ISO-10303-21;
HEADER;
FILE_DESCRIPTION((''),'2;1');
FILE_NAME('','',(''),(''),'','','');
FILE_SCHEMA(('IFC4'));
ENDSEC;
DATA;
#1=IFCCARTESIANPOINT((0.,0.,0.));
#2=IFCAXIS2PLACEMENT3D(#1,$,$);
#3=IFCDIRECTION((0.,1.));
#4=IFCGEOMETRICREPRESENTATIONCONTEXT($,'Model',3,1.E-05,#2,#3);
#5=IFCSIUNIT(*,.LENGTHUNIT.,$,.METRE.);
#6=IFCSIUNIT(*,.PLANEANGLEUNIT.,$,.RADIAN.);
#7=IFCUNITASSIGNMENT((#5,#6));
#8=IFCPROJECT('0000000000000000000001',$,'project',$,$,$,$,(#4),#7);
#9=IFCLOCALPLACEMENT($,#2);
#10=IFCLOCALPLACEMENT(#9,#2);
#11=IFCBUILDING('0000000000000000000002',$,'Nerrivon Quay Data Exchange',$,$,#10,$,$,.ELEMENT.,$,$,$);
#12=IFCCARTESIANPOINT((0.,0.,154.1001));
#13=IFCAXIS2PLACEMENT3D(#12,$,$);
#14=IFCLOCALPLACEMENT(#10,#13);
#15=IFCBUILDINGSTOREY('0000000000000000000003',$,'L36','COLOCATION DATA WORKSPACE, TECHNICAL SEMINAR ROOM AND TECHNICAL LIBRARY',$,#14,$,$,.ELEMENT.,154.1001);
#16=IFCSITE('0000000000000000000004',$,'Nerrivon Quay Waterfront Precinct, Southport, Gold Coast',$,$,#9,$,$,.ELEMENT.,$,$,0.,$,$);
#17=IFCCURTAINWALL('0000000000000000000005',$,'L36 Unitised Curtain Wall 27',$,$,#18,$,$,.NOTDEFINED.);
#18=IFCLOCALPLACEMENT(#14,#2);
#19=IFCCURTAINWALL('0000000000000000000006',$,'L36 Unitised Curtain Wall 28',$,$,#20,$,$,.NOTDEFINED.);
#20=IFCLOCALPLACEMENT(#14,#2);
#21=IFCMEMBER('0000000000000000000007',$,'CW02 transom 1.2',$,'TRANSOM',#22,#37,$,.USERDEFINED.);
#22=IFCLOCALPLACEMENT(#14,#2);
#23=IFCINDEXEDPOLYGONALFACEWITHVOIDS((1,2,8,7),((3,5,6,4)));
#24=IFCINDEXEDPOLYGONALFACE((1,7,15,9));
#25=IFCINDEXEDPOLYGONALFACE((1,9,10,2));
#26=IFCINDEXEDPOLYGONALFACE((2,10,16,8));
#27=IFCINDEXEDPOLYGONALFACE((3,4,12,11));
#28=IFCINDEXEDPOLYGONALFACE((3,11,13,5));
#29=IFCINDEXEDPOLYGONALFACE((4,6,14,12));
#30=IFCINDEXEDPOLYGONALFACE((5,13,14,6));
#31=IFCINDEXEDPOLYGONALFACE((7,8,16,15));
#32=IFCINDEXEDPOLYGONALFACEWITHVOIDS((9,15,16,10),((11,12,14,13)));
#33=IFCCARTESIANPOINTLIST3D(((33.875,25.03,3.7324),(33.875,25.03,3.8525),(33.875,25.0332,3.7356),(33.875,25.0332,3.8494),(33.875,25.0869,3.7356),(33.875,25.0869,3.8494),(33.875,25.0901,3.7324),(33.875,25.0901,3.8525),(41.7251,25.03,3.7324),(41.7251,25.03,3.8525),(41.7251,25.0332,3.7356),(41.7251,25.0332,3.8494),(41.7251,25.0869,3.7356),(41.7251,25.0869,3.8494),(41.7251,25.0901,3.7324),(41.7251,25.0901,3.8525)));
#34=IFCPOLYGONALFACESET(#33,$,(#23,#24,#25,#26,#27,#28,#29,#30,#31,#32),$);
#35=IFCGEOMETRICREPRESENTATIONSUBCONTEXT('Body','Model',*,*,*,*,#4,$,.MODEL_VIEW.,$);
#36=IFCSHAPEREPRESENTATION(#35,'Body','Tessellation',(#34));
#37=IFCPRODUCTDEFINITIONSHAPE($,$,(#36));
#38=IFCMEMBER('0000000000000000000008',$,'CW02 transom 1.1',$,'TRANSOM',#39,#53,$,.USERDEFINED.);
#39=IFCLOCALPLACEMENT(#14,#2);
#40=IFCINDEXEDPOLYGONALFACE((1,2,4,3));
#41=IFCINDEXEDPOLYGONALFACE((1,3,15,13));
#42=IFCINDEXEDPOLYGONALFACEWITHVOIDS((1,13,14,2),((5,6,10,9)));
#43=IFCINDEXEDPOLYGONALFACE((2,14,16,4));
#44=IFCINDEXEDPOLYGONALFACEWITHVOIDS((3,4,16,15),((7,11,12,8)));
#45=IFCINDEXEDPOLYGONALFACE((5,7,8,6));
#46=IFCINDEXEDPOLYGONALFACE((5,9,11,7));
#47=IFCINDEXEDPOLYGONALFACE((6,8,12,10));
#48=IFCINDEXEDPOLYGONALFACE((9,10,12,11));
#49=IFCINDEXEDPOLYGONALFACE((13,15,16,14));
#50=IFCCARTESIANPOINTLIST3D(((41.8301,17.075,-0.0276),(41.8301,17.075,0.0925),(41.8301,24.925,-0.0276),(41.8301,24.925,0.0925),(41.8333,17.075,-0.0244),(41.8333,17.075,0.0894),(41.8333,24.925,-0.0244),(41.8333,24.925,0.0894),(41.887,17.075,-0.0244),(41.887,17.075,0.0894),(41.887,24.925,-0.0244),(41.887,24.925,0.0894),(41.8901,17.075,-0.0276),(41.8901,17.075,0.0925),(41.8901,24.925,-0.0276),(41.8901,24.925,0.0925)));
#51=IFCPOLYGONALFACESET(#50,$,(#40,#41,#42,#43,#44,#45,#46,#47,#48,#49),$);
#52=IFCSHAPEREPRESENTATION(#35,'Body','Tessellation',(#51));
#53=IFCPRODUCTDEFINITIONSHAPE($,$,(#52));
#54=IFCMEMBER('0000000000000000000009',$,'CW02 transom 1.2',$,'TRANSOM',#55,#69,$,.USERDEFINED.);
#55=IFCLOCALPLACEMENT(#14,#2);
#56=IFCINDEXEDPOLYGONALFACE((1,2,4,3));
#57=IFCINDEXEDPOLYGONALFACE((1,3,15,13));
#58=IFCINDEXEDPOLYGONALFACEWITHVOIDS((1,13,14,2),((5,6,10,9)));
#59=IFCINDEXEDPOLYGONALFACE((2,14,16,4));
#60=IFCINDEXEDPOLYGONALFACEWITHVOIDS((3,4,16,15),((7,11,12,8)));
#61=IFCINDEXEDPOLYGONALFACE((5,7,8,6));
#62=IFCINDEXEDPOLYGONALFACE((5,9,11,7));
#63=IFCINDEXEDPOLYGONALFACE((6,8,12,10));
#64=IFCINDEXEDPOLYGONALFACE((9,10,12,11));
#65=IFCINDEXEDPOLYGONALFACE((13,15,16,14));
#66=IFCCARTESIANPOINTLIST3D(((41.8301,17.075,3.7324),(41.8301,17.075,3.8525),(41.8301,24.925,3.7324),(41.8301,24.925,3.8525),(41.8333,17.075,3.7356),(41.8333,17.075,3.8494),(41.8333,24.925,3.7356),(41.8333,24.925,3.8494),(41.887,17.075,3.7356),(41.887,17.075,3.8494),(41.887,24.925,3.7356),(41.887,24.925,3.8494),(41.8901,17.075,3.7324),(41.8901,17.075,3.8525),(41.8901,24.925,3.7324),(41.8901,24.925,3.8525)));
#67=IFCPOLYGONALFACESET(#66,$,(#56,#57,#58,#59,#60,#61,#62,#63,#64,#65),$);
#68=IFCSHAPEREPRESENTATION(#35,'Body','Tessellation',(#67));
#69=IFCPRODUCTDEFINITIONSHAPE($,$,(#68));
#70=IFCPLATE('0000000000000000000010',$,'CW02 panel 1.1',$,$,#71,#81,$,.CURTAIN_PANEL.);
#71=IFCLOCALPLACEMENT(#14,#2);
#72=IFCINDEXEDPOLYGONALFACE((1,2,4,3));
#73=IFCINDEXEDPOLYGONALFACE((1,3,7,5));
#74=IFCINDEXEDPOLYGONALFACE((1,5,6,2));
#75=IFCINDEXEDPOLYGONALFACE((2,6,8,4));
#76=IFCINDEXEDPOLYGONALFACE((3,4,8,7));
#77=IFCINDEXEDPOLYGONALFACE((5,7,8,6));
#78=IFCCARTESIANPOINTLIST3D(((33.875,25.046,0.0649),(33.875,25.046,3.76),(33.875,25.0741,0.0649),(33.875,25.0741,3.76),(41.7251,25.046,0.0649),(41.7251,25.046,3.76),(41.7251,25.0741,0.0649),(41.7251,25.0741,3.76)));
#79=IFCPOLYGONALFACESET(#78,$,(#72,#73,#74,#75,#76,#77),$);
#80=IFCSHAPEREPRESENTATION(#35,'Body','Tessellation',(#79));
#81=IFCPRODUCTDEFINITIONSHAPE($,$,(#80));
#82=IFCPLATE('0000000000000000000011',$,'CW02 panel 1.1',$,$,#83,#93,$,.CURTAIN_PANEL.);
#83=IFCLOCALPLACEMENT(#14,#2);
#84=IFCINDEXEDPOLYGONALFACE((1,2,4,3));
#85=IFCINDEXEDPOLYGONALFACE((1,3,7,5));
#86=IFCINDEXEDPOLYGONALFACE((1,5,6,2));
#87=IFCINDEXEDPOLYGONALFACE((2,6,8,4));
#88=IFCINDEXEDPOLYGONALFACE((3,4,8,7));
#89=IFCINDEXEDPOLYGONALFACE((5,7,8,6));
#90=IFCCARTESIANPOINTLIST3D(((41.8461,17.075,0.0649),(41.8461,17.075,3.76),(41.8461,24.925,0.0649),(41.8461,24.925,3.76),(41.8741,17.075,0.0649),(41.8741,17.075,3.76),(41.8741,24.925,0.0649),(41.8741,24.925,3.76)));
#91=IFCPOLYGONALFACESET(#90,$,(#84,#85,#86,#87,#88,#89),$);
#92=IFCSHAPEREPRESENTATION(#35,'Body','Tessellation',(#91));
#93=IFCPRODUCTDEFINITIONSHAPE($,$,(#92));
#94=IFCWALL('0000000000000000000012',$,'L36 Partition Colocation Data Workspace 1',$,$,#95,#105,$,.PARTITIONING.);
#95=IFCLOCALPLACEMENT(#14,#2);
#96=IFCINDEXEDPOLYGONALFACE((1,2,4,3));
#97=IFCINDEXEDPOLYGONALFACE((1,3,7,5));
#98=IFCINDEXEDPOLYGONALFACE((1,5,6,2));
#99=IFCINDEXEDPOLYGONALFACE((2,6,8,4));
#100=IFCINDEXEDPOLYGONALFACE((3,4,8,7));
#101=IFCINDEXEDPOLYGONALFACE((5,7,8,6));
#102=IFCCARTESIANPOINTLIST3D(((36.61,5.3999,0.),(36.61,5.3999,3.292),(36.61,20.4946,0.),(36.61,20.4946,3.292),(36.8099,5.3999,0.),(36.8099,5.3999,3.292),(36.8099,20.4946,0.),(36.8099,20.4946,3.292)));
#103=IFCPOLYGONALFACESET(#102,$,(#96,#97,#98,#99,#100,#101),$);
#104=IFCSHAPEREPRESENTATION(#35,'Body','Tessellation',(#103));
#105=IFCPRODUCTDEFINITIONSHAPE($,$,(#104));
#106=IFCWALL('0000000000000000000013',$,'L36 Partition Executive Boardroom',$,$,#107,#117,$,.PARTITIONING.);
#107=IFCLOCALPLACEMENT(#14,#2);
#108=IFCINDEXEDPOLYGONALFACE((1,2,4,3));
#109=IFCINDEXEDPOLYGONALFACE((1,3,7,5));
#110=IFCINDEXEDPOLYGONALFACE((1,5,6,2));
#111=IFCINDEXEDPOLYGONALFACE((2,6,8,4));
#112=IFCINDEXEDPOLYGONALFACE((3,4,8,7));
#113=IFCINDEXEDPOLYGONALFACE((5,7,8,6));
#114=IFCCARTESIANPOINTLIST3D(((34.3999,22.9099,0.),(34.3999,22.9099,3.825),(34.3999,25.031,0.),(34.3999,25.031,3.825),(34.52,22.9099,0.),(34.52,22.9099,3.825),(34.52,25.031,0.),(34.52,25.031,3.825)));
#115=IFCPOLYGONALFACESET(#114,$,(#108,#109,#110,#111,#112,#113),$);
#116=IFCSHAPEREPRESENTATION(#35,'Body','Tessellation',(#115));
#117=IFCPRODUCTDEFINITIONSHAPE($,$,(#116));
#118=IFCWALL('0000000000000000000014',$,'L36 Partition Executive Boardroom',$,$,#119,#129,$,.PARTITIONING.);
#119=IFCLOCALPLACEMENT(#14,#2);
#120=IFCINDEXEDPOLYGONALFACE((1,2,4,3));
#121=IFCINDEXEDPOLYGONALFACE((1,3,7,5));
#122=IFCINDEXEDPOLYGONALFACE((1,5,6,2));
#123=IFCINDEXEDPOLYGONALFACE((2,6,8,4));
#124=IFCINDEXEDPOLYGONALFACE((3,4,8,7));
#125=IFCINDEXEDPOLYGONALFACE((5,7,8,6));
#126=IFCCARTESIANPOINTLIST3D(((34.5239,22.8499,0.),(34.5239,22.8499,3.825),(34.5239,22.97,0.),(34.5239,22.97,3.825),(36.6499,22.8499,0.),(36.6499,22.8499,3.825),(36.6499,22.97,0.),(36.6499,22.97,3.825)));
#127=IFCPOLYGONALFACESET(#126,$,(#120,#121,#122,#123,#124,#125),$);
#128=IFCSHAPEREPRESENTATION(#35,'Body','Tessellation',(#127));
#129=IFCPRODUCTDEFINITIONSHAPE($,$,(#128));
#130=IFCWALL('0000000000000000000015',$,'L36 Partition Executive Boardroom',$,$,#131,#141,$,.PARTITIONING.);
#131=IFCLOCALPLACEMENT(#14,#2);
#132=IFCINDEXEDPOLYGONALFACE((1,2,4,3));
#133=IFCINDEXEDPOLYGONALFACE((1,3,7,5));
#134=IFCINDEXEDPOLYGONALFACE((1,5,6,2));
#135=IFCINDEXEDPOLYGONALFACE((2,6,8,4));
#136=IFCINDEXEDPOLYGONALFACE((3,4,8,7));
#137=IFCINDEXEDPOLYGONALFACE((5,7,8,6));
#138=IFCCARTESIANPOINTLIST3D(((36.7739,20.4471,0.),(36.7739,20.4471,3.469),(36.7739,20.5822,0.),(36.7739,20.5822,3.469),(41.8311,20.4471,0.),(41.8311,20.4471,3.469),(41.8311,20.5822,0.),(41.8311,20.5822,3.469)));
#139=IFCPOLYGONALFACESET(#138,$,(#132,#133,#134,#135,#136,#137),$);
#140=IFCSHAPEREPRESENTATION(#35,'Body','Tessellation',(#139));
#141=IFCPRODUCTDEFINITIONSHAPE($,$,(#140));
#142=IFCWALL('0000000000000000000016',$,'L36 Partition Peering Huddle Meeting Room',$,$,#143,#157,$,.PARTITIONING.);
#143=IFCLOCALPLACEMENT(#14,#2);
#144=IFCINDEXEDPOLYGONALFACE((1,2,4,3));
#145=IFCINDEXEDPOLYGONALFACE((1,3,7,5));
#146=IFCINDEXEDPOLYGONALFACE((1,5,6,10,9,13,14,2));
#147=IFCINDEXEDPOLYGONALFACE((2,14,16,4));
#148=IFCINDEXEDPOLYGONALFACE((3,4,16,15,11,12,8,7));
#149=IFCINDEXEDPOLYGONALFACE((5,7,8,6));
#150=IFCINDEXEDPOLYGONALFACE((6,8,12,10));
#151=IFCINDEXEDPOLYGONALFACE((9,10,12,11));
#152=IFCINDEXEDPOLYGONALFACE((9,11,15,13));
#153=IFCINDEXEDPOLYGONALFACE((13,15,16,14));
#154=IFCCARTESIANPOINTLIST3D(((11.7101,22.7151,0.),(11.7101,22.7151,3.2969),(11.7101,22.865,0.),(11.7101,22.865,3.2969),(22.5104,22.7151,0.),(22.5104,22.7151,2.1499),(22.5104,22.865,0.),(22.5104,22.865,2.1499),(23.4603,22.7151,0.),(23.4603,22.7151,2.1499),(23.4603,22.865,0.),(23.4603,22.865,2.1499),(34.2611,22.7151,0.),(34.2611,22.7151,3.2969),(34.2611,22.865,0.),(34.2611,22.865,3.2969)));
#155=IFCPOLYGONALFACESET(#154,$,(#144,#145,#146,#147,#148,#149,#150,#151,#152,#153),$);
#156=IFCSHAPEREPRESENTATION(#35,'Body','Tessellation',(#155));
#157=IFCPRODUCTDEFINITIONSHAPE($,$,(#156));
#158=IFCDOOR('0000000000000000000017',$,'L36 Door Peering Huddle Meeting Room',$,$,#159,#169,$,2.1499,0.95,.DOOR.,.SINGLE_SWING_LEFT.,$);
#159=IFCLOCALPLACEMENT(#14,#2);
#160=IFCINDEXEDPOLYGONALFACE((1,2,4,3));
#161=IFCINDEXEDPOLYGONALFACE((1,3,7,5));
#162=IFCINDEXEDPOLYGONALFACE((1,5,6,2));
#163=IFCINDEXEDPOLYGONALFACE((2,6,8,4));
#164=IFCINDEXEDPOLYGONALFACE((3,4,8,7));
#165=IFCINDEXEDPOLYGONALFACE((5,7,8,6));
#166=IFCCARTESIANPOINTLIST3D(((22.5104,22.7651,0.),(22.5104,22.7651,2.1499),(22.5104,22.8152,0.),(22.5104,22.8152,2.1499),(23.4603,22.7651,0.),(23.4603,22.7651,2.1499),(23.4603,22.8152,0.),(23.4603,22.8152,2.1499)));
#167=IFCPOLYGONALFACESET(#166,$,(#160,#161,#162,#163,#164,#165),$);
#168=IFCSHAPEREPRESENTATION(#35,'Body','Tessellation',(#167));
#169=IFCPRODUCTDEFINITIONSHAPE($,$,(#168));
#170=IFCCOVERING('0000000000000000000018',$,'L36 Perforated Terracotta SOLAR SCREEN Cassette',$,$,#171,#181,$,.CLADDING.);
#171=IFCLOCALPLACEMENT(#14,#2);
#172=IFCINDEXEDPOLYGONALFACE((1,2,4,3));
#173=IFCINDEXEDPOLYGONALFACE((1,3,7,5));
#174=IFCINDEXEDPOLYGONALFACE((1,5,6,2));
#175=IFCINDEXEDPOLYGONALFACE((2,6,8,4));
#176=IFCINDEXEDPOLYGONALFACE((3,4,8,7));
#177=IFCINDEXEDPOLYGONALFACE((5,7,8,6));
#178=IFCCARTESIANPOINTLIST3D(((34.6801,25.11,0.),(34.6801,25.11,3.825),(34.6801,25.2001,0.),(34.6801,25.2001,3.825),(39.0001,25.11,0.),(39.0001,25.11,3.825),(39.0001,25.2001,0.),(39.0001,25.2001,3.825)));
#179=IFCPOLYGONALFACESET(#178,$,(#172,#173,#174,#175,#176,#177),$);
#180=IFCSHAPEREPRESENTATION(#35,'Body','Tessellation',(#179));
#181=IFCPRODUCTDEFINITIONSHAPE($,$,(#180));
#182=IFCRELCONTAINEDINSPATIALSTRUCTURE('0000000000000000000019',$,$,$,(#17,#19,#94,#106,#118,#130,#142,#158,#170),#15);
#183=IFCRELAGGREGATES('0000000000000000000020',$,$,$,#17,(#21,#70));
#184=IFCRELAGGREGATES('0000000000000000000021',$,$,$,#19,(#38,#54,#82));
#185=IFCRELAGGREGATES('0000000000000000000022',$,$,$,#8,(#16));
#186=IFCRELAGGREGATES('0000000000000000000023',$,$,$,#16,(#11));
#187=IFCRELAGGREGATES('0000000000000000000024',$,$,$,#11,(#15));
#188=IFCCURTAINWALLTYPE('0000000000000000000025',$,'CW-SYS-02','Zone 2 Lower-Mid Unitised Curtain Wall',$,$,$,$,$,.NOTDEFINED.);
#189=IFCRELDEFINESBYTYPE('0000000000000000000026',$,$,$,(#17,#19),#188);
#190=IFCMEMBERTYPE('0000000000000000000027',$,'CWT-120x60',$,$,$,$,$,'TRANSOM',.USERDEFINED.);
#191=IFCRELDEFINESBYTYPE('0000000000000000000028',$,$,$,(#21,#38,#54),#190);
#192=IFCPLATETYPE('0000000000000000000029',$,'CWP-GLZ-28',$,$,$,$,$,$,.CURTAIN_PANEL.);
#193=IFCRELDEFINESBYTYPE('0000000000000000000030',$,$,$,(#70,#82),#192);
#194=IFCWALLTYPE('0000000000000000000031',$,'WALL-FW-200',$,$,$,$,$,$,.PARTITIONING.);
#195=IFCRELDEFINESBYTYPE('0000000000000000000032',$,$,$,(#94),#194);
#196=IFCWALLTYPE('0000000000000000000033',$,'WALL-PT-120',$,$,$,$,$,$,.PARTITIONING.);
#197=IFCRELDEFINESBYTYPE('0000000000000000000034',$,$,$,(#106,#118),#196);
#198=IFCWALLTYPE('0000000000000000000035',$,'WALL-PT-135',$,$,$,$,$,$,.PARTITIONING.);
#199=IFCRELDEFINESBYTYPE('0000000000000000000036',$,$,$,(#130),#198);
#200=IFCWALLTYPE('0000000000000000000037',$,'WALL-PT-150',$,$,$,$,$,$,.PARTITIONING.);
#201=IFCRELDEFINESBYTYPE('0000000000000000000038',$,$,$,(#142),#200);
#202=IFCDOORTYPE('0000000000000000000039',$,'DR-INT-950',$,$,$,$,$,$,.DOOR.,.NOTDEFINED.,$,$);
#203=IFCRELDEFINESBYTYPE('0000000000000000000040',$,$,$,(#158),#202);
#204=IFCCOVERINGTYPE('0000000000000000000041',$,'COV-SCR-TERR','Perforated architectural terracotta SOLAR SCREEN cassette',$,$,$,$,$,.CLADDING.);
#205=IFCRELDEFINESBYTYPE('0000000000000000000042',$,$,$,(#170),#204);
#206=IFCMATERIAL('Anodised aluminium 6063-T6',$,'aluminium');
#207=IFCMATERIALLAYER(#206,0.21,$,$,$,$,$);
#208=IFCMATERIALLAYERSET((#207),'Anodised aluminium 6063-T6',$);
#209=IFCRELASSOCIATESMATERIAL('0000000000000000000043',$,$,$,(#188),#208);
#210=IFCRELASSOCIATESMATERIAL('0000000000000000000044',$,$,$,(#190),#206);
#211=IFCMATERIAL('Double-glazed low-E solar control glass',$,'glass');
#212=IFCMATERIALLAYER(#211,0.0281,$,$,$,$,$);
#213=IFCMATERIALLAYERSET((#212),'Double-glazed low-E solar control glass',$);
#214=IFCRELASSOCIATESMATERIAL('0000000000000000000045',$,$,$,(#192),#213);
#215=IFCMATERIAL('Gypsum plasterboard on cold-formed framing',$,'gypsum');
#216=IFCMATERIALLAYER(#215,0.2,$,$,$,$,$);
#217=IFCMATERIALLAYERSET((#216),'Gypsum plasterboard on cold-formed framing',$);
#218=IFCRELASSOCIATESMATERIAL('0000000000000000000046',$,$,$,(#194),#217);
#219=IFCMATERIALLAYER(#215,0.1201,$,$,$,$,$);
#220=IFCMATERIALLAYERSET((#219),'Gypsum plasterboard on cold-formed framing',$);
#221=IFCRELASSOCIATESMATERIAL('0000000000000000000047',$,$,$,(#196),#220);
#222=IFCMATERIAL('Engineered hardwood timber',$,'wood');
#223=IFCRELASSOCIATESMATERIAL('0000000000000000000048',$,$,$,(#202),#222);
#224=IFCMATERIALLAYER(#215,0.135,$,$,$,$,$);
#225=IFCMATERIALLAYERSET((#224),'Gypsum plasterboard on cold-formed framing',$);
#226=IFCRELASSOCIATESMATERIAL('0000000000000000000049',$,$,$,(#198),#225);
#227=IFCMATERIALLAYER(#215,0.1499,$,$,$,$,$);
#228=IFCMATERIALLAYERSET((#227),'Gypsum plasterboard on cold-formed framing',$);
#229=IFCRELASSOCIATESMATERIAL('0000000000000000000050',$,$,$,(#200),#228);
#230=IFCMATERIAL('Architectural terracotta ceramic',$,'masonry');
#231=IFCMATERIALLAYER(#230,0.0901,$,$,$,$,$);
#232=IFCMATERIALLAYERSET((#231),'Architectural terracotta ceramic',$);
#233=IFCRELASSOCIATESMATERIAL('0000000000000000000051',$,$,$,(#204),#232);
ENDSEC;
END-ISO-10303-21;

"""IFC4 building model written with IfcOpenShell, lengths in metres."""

from ifc_helpers import new_model, si_unit, direction, frame, frame_2d, origin, origin_2d, place, context, subcontext, project, spatial, rectangle, hollow_rectangle, extrude, material, layer, layer_set, material_profile, profile_set, type_object, element, fill, aggregate, save


model = new_model("IFC4")

# Units and contexts
model_context = context("Model", 3, precision=1e-05, world=origin(), true_north=direction((0.0, 1.0)))
body_context = subcontext(model_context, "Body", "Model", "MODEL_VIEW")
ifc_project = project(units=[si_unit("LENGTHUNIT", "METRE"), si_unit("PLANEANGLEUNIT", "RADIAN")], contexts=[model_context])

# Site, building, storey
site_placement = place(None, origin())
site = spatial("IfcSite", under=ifc_project, at=site_placement, Name="Nerrivon Quay Waterfront Precinct, Southport, Gold Coast", CompositionType="ELEMENT", RefElevation=0.0)
building_placement = place(site_placement, origin())
building = spatial("IfcBuilding", under=site, at=building_placement, Name="Nerrivon Quay Data Exchange", CompositionType="ELEMENT")
storey_placement = place(building_placement, frame((0.0, 0.0, 154.1001)))
storey = spatial("IfcBuildingStorey", under=building, at=storey_placement, Name="L36", Description="COLOCATION DATA WORKSPACE, TECHNICAL SEMINAR ROOM AND TECHNICAL LIBRARY", CompositionType="ELEMENT", Elevation=154.1001)

# Curtain walls
ifc_material_1 = material(Name="Anodised aluminium 6063-T6", Category="aluminium")
ifc_layer_1 = layer(ifc_material_1, 0.21)
ifc_layer_set_1 = layer_set([ifc_layer_1], Name="Anodised aluminium 6063-T6")
curtain_wall_type = type_object("IfcCurtainWallType", Name="CW-SYS-02", Description="Zone 2 Lower-Mid Unitised Curtain Wall", PredefinedType="NOTDEFINED", material=ifc_layer_set_1)
curtain_wall_1_placement = place(storey_placement, origin())
curtain_wall_1 = element("IfcCurtainWall", 1, at=curtain_wall_1_placement, inside=storey, type_object=curtain_wall_type, Name="L36 Unitised Curtain Wall 27", PredefinedType="NOTDEFINED")
curtain_wall_2_placement = place(storey_placement, origin())
curtain_wall_2 = element("IfcCurtainWall", 2, at=curtain_wall_2_placement, inside=storey, type_object=curtain_wall_type, Name="L36 Unitised Curtain Wall 28", PredefinedType="NOTDEFINED")

# Members
ifc_material_profile_1 = material_profile(ifc_material_1, hollow_rectangle(XDim=0.0601, YDim=0.1201, WallThickness=0.0032, at=origin_2d()), Name="ALU-TRAN-120x60")
ifc_profile_set_1 = profile_set([ifc_material_profile_1], Name="Anodised aluminium 6063-T6")
member_type_1 = type_object("IfcMemberType", Name="CWT-120x60", ElementType="TRANSOM", PredefinedType="USERDEFINED", material=ifc_profile_set_1)
member_1_placement = place(storey_placement, frame((33.875, 25.0601, 3.7925), z_axis=(1.0, 0.0, 0.0), x_axis=(0.0, 1.0, 0.0)))
member_1 = element("IfcMember", 3, at=member_1_placement, type_object=member_type_1, Name="CW02 transom 1.2", ObjectType="TRANSOM", PredefinedType="USERDEFINED", context=body_context, shape_type="SweptSolid", body=[
    extrude(hollow_rectangle(XDim=0.0601, YDim=0.1201, WallThickness=0.0032, at=origin_2d()), origin(), (0.0, 0.0, 1.0), 7.8501),
])
member_2_placement = place(storey_placement, frame((41.8601, 24.925, 0.0325), z_axis=(0.0, -1.0, 0.0), x_axis=(1.0, 0.0, 0.0)))
member_2 = element("IfcMember", 4, at=member_2_placement, type_object=member_type_1, Name="CW02 transom 1.1", ObjectType="TRANSOM", PredefinedType="USERDEFINED", context=body_context, shape_type="SweptSolid", body=[
    extrude(hollow_rectangle(XDim=0.0601, YDim=0.1201, WallThickness=0.0032, at=origin_2d()), origin(), (0.0, 0.0, 1.0), 7.8501),
])
member_3_placement = place(storey_placement, frame((41.8601, 24.925, 3.7925), z_axis=(0.0, -1.0, 0.0), x_axis=(1.0, 0.0, 0.0)))
member_3 = element("IfcMember", 5, at=member_3_placement, type_object=member_type_1, Name="CW02 transom 1.2", ObjectType="TRANSOM", PredefinedType="USERDEFINED", context=body_context, shape_type="SweptSolid", body=[
    extrude(hollow_rectangle(XDim=0.0601, YDim=0.1201, WallThickness=0.0032, at=origin_2d()), origin(), (0.0, 0.0, 1.0), 7.8501),
])

# Plates
ifc_material_2 = material(Name="Double-glazed low-E solar control glass", Category="glass")
ifc_layer_2 = layer(ifc_material_2, 0.0281)
ifc_layer_set_2 = layer_set([ifc_layer_2], Name="Double-glazed low-E solar control glass")
plate_type = type_object("IfcPlateType", Name="CWP-GLZ-28", PredefinedType="CURTAIN_PANEL", material=ifc_layer_set_2)
plate_1_placement = place(storey_placement, frame((37.8, 25.0601, 0.0649), z_axis=(0.0, 0.0, 1.0), x_axis=(1.0, 0.0, 0.0)))
plate_1 = element("IfcPlate", 6, at=plate_1_placement, type_object=plate_type, Name="CW02 panel 1.1", PredefinedType="CURTAIN_PANEL", context=body_context, shape_type="SweptSolid", body=[
    extrude(rectangle(XDim=7.8501, YDim=0.0281, at=origin_2d()), origin(), (0.0, 0.0, 1.0), 3.6951),
])
aggregate(curtain_wall_1, [member_1, plate_1])
plate_2_placement = place(storey_placement, frame((41.8601, 21.0, 0.0649), z_axis=(0.0, 0.0, 1.0), x_axis=(0.0, -1.0, 0.0)))
plate_2 = element("IfcPlate", 7, at=plate_2_placement, type_object=plate_type, Name="CW02 panel 1.1", PredefinedType="CURTAIN_PANEL", context=body_context, shape_type="SweptSolid", body=[
    extrude(rectangle(XDim=7.8501, YDim=0.0281, at=origin_2d()), origin(), (0.0, 0.0, 1.0), 3.6951),
])
aggregate(curtain_wall_2, [member_2, member_3, plate_2])

# Wall
ifc_material_3 = material(Name="Gypsum plasterboard on cold-formed framing", Category="gypsum")
ifc_layer_3 = layer(ifc_material_3, 0.2)
ifc_layer_set_3 = layer_set([ifc_layer_3], Name="Gypsum plasterboard on cold-formed framing")
wall_type_1 = type_object("IfcWallType", Name="WALL-FW-200", PredefinedType="PARTITIONING", material=ifc_layer_set_3)
wall_1_placement = place(storey_placement, frame((36.71, 20.4946, 0.0), z_axis=(0.0, 0.0, 1.0), x_axis=(0.0, -1.0, 0.0)))
element("IfcWall", 8, at=wall_1_placement, inside=storey, type_object=wall_type_1, Name="L36 Partition Colocation Data Workspace 1", PredefinedType="PARTITIONING", context=body_context, shape_type="SweptSolid", body=[
    extrude(rectangle(XDim=15.0947, YDim=0.2, at=frame_2d((7.5474, 0.0))), origin(), (0.0, 0.0, 1.0), 3.292),
])

# Shared definitions
ifc_layer_4 = layer(ifc_material_3, 0.1201)
ifc_layer_set_4 = layer_set([ifc_layer_4], Name="Gypsum plasterboard on cold-formed framing")
wall_type_2 = type_object("IfcWallType", Name="WALL-PT-120", PredefinedType="PARTITIONING", material=ifc_layer_set_4)
ifc_material_4 = material(Name="Engineered hardwood timber", Category="wood")
door_type = type_object("IfcDoorType", Name="DR-INT-950", OperationType="NOTDEFINED", PredefinedType="DOOR", material=ifc_material_4)

# Walls
wall_2_placement = place(storey_placement, frame((34.46, 25.031, 0.0), z_axis=(0.0, 0.0, 1.0), x_axis=(0.0, -1.0, 0.0)))
element("IfcWall", 9, at=wall_2_placement, inside=storey, type_object=wall_type_2, Name="L36 Partition Executive Boardroom", PredefinedType="PARTITIONING", context=body_context, shape_type="SweptSolid", body=[
    extrude(rectangle(XDim=2.1211, YDim=0.1201, at=frame_2d((1.0605, 0.0))), origin(), (0.0, 0.0, 1.0), 3.825),
])
wall_3_placement = place(storey_placement, frame((34.5239, 22.9099, 0.0), z_axis=(0.0, 0.0, 1.0), x_axis=(1.0, 0.0, 0.0)))
element("IfcWall", 10, at=wall_3_placement, inside=storey, type_object=wall_type_2, Name="L36 Partition Executive Boardroom", PredefinedType="PARTITIONING", context=body_context, shape_type="SweptSolid", body=[
    extrude(rectangle(XDim=2.126, YDim=0.1201, at=frame_2d((1.063, 0.0))), origin(), (0.0, 0.0, 1.0), 3.825),
])
ifc_layer_5 = layer(ifc_material_3, 0.135)
ifc_layer_set_5 = layer_set([ifc_layer_5], Name="Gypsum plasterboard on cold-formed framing")
wall_type_3 = type_object("IfcWallType", Name="WALL-PT-135", PredefinedType="PARTITIONING", material=ifc_layer_set_5)
wall_4_placement = place(storey_placement, frame((36.7739, 20.5146, 0.0), z_axis=(0.0, 0.0, 1.0), x_axis=(1.0, 0.0, 0.0)))
element("IfcWall", 11, at=wall_4_placement, inside=storey, type_object=wall_type_3, Name="L36 Partition Executive Boardroom", PredefinedType="PARTITIONING", context=body_context, shape_type="SweptSolid", body=[
    extrude(rectangle(XDim=5.0571, YDim=0.135, at=frame_2d((2.5286, 0.0))), origin(), (0.0, 0.0, 1.0), 3.469),
])

# Wall, opening, door
ifc_layer_6 = layer(ifc_material_3, 0.1499)
ifc_layer_set_6 = layer_set([ifc_layer_6], Name="Gypsum plasterboard on cold-formed framing")
wall_type_4 = type_object("IfcWallType", Name="WALL-PT-150", PredefinedType="PARTITIONING", material=ifc_layer_set_6)
wall_5_placement = place(storey_placement, frame((34.261, 22.79, 0.0), z_axis=(0.0, 0.0, 1.0), x_axis=(-1.0, 0.0, 0.0)))
wall_5 = element("IfcWall", 12, at=wall_5_placement, inside=storey, type_object=wall_type_4, Name="L36 Partition Peering Huddle Meeting Room", PredefinedType="PARTITIONING", context=body_context, shape_type="SweptSolid", body=[
    extrude(rectangle(XDim=22.551, YDim=0.1499, at=frame_2d((11.2754, 0.0))), origin(), (0.0, 0.0, 1.0), 3.2969),
])
opening_1_placement = place(wall_5_placement, frame((10.8005, 0.0, 0.0)))
opening_1 = element("IfcOpeningElement", 13, at=opening_1_placement, cuts=wall_5, PredefinedType="OPENING", context=body_context, shape_type="SweptSolid", body=[
    extrude(rectangle(XDim=0.95, YDim=2.1499, at=frame_2d((0.4751, 1.075))), frame((0.0, 0.085, 0.0), z_axis=(0.0, -1.0, 0.0), x_axis=(1.0, 0.0, 0.0)), (0.0, 0.0, 1.0), 0.1699),
])
door_1_placement = place(opening_1_placement, origin())
door_1 = element("IfcDoor", 14, at=door_1_placement, inside=storey, type_object=door_type, Name="L36 Door Peering Huddle Meeting Room", OperationType="SINGLE_SWING_LEFT", OverallHeight=2.1499, OverallWidth=0.95, PredefinedType="DOOR", context=body_context, shape_type="SweptSolid", body=[
    extrude(rectangle(XDim=0.95, YDim=2.1499, at=frame_2d((0.4751, 1.075))), frame((0.0, 0.0249, 0.0), z_axis=(0.0, -1.0, 0.0), x_axis=(1.0, 0.0, 0.0)), (0.0, 0.0, 1.0), 0.05),
])
fill(opening_1, door_1)

# Covering
ifc_material_5 = material(Name="Architectural terracotta ceramic", Category="masonry")
ifc_layer_7 = layer(ifc_material_5, 0.0901)
ifc_layer_set_7 = layer_set([ifc_layer_7], Name="Architectural terracotta ceramic")
covering_type = type_object("IfcCoveringType", Name="COV-SCR-TERR", Description="Perforated architectural terracotta SOLAR SCREEN cassette", PredefinedType="CLADDING", material=ifc_layer_set_7)
for number, where, z_axis, x_axis, name in (
    (15, (36.8401, 25.155, 0.0), (0.0, 0.0, 1.0), (1.0, 0.0, 0.0), "L36 Perforated Terracotta SOLAR SCREEN Cassette"),
):
    element("IfcCovering", number, at=place(storey_placement, frame(where, z_axis=z_axis, x_axis=x_axis)), inside=storey, type_object=covering_type, Name=name, PredefinedType="CLADDING", context=body_context, shape_type="SweptSolid", body=[
        extrude(rectangle(XDim=4.3201, YDim=0.0901, at=origin_2d()), origin(), (0.0, 0.0, 1.0), 3.825),
    ])

save(model, "model.ifc")
